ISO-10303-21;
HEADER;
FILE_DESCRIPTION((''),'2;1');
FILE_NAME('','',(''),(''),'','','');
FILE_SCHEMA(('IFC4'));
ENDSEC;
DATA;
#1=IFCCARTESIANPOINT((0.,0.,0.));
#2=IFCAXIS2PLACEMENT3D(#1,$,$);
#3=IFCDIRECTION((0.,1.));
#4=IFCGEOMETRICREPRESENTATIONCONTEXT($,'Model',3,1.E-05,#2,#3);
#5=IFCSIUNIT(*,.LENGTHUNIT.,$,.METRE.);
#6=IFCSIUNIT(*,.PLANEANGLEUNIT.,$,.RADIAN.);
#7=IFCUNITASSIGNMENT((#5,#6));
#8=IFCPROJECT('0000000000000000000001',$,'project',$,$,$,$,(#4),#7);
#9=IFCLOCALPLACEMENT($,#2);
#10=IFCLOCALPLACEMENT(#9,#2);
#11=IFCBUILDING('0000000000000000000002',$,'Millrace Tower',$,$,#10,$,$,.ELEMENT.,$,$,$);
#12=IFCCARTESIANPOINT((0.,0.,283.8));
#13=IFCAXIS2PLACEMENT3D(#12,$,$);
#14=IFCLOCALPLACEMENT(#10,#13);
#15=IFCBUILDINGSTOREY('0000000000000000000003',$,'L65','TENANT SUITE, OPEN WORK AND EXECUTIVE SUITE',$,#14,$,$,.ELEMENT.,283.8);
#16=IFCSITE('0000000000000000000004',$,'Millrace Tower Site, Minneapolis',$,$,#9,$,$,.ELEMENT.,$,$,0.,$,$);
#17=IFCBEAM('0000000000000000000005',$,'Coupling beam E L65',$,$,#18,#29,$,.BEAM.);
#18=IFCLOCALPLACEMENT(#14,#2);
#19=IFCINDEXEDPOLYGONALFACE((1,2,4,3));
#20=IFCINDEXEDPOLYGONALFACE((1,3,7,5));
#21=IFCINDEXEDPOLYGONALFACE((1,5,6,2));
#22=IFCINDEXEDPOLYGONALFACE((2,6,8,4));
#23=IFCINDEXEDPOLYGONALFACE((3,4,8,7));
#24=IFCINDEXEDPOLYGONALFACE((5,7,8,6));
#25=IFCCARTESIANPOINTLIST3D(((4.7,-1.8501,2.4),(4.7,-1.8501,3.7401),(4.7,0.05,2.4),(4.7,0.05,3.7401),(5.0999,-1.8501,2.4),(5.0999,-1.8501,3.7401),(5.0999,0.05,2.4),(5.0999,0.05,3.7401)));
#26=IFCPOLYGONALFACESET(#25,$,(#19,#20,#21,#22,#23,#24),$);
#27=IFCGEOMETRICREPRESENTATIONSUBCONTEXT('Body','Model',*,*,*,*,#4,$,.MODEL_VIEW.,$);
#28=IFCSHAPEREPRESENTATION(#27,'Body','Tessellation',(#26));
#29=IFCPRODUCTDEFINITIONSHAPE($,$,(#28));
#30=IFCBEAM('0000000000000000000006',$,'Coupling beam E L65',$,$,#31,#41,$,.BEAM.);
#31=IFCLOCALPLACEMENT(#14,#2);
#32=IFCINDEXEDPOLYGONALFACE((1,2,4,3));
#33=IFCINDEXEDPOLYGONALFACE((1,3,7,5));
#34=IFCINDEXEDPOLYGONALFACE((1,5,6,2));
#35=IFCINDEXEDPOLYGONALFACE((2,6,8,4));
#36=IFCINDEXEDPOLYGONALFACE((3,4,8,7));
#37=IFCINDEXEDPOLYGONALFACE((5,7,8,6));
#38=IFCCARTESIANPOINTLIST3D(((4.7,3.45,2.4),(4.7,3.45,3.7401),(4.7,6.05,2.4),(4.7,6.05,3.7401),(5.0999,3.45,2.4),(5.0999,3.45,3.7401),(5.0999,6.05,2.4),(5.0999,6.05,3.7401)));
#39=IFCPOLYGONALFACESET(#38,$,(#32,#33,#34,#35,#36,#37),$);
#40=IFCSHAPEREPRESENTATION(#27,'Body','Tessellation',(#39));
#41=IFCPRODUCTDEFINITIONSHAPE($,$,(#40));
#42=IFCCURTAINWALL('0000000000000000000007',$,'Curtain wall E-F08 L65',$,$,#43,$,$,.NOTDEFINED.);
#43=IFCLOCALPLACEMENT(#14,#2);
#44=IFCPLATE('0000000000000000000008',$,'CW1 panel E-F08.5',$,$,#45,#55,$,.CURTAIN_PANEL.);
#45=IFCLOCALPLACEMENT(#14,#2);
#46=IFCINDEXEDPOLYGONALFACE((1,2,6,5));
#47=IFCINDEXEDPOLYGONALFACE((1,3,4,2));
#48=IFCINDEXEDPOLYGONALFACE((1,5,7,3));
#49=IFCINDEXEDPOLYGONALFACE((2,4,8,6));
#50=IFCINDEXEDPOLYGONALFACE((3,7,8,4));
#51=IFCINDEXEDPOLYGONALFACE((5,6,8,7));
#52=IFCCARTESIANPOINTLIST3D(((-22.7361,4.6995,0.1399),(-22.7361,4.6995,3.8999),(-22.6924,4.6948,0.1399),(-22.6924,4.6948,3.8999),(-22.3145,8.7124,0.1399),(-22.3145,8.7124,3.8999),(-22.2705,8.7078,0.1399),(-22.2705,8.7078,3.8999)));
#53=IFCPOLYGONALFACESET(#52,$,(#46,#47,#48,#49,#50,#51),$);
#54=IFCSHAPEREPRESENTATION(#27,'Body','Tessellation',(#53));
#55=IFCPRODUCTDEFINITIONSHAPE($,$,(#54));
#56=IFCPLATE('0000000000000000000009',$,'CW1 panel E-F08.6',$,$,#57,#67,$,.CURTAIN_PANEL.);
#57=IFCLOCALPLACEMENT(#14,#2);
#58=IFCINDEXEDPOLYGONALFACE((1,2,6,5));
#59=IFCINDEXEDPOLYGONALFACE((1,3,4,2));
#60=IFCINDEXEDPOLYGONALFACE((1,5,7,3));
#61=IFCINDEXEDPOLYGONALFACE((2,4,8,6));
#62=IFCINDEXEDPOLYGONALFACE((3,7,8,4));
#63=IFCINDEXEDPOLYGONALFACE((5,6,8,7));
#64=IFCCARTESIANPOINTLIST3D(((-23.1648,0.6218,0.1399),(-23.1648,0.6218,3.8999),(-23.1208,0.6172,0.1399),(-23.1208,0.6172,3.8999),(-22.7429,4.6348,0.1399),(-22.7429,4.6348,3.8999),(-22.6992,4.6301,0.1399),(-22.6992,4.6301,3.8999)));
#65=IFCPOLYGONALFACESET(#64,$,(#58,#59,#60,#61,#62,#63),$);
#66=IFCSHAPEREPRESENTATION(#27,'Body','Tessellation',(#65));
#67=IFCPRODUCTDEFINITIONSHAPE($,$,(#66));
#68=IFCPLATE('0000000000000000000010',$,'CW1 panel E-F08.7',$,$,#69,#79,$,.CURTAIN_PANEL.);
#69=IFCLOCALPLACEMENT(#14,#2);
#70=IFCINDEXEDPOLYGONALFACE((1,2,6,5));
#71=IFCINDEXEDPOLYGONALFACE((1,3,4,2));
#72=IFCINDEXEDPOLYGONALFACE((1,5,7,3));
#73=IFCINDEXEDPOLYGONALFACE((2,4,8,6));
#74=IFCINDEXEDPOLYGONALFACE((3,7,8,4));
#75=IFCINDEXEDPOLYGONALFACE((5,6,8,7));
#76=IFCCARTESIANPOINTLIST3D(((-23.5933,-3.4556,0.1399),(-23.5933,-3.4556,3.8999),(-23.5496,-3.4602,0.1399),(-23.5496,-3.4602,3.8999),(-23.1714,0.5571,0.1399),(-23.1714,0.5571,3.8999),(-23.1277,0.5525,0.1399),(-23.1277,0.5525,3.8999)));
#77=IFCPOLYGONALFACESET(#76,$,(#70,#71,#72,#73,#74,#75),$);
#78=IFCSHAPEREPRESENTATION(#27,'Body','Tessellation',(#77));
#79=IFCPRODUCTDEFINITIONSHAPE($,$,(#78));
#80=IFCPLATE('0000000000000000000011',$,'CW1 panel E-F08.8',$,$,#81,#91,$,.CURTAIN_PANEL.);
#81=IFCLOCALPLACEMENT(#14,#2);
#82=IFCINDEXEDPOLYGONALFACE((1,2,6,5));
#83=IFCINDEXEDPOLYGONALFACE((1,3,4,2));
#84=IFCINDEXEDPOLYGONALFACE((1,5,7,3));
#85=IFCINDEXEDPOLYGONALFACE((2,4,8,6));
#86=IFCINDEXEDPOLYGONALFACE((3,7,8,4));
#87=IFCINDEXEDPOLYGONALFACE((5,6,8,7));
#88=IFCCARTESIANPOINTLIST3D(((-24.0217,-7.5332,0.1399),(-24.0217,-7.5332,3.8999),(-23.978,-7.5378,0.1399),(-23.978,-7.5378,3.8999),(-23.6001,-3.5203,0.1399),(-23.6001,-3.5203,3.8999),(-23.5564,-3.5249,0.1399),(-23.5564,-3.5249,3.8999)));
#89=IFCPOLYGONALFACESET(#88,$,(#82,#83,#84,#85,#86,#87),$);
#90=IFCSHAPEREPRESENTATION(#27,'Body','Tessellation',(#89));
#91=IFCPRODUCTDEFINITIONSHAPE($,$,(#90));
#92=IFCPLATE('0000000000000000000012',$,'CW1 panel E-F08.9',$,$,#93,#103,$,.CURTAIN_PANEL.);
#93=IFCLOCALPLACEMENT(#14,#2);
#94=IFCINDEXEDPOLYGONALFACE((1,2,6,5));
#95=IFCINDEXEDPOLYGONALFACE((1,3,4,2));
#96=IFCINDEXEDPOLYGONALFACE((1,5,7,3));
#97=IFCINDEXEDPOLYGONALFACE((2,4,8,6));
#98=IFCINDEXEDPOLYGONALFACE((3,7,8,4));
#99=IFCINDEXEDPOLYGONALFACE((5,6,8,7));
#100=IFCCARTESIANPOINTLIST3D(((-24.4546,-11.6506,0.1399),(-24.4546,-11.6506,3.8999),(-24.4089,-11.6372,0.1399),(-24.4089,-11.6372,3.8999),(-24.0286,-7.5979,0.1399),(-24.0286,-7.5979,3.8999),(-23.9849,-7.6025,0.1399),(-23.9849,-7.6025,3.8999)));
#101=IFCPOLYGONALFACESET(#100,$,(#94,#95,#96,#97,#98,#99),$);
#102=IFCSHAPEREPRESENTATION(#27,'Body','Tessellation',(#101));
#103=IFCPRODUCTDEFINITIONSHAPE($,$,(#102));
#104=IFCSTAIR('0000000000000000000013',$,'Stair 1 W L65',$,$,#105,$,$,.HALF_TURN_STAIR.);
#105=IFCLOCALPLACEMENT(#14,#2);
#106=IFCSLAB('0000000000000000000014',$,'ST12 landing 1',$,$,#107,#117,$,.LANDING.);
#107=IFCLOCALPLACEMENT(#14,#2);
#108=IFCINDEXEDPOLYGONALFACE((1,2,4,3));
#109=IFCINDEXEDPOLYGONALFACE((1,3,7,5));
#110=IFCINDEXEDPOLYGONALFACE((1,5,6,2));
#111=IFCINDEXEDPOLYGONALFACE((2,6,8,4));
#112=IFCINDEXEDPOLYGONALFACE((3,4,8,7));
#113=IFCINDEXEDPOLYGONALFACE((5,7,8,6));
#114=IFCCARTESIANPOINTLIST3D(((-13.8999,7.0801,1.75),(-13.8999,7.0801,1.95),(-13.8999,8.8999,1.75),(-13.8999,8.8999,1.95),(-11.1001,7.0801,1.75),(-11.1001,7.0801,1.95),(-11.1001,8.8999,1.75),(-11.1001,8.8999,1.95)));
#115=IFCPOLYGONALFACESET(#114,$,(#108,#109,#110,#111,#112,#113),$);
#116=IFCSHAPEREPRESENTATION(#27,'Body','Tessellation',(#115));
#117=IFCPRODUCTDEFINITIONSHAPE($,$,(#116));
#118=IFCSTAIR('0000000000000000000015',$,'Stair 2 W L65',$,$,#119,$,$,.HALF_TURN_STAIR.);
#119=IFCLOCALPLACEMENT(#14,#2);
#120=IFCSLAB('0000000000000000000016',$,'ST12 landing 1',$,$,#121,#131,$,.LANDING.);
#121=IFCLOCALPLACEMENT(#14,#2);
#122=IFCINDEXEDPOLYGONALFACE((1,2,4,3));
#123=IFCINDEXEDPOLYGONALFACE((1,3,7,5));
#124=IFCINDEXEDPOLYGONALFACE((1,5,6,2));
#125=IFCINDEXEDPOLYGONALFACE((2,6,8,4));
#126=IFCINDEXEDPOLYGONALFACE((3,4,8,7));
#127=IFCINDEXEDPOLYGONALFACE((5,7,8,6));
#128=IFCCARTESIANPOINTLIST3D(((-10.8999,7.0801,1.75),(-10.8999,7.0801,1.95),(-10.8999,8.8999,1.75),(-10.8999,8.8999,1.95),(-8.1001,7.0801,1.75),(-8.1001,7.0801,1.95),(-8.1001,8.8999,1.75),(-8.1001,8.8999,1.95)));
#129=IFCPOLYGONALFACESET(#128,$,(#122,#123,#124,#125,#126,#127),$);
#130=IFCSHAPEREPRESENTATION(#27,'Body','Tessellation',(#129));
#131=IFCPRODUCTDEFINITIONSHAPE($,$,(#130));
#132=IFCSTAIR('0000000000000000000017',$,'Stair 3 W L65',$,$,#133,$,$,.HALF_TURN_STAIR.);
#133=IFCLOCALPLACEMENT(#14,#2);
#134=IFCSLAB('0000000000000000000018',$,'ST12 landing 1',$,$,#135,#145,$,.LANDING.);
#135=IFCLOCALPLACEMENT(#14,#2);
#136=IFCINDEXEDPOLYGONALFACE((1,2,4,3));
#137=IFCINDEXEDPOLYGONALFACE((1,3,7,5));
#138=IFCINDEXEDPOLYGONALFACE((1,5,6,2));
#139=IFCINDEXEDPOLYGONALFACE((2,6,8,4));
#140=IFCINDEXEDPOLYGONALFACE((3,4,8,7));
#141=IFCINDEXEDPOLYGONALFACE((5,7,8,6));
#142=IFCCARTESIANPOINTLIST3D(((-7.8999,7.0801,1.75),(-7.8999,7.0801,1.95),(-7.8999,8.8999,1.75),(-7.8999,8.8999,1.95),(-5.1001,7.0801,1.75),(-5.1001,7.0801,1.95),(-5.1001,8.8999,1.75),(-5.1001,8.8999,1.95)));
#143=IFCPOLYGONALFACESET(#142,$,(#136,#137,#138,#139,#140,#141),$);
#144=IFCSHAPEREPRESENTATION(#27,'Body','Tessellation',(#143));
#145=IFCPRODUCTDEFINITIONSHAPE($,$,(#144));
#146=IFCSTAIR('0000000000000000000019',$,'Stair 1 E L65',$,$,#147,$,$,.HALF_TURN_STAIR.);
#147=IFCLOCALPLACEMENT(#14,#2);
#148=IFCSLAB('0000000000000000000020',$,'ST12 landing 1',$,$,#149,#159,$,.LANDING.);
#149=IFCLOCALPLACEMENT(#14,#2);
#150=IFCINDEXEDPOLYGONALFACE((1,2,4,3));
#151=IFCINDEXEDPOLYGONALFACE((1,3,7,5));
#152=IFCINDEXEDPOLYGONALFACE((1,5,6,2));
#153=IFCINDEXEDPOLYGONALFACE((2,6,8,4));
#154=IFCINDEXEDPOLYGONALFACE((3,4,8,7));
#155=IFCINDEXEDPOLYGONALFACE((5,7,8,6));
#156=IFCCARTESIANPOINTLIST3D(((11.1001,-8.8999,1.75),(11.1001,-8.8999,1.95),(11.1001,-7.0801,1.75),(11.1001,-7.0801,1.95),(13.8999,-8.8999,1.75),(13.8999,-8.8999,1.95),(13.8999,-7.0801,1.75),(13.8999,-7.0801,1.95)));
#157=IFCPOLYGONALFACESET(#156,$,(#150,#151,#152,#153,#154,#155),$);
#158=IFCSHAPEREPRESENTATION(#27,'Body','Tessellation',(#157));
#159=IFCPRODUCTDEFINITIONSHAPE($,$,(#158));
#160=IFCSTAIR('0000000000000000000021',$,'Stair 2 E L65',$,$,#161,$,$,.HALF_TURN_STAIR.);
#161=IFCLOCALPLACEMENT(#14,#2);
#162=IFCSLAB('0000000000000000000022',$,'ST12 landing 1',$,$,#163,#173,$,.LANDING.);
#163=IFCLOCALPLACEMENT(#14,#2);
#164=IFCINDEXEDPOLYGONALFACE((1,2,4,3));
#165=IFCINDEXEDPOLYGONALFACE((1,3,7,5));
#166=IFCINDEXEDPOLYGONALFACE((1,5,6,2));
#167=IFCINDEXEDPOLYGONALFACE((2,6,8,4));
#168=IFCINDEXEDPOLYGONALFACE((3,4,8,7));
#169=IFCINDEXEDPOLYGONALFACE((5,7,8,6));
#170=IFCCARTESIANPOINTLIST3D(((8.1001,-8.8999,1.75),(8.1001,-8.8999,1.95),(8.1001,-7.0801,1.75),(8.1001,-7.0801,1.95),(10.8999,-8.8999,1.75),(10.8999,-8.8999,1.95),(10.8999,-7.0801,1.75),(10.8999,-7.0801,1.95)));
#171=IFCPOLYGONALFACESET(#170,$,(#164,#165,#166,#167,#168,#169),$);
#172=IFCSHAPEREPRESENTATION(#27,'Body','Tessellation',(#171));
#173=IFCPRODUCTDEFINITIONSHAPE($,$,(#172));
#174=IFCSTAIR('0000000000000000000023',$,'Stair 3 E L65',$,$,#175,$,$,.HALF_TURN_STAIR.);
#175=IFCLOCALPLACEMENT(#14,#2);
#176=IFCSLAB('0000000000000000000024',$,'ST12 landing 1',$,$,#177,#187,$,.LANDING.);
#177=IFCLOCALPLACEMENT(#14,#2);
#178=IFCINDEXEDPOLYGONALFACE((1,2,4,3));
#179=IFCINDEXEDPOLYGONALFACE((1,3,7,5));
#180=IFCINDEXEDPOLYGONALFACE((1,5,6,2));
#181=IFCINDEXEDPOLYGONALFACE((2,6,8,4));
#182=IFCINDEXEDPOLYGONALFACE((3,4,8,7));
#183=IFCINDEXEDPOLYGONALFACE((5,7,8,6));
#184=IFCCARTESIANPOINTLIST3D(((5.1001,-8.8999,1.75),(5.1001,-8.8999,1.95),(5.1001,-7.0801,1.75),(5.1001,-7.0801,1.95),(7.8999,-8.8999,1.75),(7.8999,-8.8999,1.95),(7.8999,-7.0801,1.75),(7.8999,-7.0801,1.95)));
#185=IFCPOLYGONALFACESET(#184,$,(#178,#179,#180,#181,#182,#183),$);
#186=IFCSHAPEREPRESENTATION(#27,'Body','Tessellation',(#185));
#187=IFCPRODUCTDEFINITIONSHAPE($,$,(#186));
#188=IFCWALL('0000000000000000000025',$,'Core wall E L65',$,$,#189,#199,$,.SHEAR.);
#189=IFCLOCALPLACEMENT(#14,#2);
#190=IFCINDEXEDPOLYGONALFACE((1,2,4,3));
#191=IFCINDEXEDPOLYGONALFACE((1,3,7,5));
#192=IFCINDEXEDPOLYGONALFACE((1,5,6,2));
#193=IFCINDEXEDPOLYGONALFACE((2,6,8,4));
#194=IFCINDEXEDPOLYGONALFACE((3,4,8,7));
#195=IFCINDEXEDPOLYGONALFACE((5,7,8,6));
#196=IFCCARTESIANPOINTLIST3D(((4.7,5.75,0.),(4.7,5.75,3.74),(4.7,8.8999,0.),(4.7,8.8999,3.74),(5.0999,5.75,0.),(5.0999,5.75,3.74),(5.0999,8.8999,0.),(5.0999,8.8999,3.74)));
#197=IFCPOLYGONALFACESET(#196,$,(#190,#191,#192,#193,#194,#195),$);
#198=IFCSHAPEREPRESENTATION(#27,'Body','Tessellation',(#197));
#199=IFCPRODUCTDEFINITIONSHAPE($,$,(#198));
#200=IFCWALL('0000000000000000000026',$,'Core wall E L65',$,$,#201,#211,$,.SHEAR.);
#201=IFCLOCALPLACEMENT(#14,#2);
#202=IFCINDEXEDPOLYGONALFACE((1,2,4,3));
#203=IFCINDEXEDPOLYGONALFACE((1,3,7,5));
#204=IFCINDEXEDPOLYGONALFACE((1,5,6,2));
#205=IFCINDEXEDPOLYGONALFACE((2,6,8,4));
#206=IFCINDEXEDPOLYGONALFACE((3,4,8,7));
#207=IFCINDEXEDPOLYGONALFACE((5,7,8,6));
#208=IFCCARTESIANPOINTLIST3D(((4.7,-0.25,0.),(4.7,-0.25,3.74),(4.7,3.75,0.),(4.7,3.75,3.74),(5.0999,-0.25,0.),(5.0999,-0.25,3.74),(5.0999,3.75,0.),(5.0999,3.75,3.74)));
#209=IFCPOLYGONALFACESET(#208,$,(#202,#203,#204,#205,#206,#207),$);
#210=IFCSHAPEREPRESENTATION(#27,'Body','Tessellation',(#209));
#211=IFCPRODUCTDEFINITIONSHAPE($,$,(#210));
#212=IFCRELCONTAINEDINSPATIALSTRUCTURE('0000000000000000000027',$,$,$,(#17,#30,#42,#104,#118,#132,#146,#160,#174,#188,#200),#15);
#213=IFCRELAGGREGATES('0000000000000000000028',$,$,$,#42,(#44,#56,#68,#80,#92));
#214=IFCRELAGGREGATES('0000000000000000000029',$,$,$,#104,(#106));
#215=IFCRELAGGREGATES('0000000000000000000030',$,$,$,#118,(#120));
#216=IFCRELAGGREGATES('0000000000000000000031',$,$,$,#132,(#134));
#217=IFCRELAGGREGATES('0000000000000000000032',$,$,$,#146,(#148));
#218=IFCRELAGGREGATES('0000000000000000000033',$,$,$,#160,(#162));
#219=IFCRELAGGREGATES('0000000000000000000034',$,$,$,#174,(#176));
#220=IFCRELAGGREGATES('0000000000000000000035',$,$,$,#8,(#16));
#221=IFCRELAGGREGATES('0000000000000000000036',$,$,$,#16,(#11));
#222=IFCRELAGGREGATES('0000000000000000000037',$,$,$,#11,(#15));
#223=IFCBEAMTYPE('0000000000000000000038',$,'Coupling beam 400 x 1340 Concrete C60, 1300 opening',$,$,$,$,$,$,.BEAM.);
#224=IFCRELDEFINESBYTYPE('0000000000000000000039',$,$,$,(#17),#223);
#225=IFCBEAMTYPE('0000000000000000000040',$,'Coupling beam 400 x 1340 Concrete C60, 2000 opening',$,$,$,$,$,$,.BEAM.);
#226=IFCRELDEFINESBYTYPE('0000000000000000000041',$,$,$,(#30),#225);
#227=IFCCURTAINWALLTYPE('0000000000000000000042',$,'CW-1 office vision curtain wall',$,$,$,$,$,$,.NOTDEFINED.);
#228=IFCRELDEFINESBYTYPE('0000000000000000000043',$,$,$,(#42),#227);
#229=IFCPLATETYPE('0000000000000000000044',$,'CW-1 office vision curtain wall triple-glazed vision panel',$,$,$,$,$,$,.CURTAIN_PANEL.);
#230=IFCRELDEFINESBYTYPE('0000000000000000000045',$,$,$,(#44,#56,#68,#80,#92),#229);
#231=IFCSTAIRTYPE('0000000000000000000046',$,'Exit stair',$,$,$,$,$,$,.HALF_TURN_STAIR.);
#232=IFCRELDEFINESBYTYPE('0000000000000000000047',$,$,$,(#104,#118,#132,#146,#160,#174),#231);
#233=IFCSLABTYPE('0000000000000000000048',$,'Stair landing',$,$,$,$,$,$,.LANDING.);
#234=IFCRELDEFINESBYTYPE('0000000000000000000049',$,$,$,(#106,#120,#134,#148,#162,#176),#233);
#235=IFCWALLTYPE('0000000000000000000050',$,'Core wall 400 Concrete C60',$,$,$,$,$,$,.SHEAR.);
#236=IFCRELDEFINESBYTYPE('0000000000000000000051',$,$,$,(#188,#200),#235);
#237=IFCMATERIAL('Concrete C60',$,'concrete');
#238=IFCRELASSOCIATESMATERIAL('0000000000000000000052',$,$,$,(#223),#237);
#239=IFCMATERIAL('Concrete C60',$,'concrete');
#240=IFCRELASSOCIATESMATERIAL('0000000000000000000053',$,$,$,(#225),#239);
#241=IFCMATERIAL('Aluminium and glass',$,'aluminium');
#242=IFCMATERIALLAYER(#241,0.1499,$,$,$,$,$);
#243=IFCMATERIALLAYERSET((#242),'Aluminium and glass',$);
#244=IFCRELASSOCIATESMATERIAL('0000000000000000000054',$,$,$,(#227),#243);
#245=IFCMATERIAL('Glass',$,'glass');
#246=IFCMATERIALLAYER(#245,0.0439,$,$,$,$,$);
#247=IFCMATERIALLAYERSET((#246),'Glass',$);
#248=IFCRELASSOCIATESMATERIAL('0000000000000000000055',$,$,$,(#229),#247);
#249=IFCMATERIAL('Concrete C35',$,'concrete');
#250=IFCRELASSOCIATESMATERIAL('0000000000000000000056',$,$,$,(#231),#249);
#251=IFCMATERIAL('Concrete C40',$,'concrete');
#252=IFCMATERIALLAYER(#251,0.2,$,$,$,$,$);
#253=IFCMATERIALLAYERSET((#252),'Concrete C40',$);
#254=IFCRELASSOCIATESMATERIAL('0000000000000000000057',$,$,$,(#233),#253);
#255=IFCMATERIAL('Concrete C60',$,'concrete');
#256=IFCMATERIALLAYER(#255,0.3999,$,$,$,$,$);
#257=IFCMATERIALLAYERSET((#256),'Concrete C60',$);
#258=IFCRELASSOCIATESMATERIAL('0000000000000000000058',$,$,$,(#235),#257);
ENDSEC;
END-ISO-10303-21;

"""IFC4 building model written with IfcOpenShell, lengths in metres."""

from ifc_helpers import new_model, si_unit, direction, frame, frame_2d, origin, origin_2d, place, context, subcontext, project, spatial, polyline, rectangle, outline, extrude, material, layer, layer_set, material_profile, profile_set, type_object, element, aggregate, save


model = new_model("IFC4")

# Units and contexts
model_context = context("Model", 3, precision=1e-05, world=origin(), true_north=direction((0.0, 1.0)))
body_context = subcontext(model_context, "Body", "Model", "MODEL_VIEW")
ifc_project = project(units=[si_unit("LENGTHUNIT", "METRE"), si_unit("PLANEANGLEUNIT", "RADIAN")], contexts=[model_context])

# Site, building, storey
site_placement = place(None, origin())
site = spatial("IfcSite", under=ifc_project, at=site_placement, Name="Millrace Tower Site, Minneapolis", CompositionType="ELEMENT", RefElevation=0.0)
building_placement = place(site_placement, origin())
building = spatial("IfcBuilding", under=site, at=building_placement, Name="Millrace Tower", CompositionType="ELEMENT")
storey_placement = place(building_placement, frame((0.0, 0.0, 283.8)))
storey = spatial("IfcBuildingStorey", under=building, at=storey_placement, Name="L65", Description="TENANT SUITE, OPEN WORK AND EXECUTIVE SUITE", CompositionType="ELEMENT", Elevation=283.8)

# Beams
ifc_material_1 = material(Name="Concrete C60", Category="concrete")
ifc_material_profile_1 = material_profile(ifc_material_1, rectangle(XDim=0.3999, YDim=1.3401, at=origin_2d()))
ifc_profile_set_1 = profile_set([ifc_material_profile_1], Name="Concrete C60")
beam_type_1 = type_object("IfcBeamType", Name="Coupling beam 400 x 1340 Concrete C60, 1300 opening", PredefinedType="BEAM", material=ifc_profile_set_1)
beam_1_placement = place(storey_placement, frame((4.8999, 0.05, 3.0701), z_axis=(0.0, -1.0, 0.0), x_axis=(1.0, 0.0, 0.0)))
element("IfcBeam", 1, at=beam_1_placement, inside=storey, type_object=beam_type_1, Name="Coupling beam E L65", PredefinedType="BEAM", context=body_context, shape_type="SweptSolid", body=[
    extrude(rectangle(XDim=0.3999, YDim=1.3401, at=origin_2d()), origin(), (0.0, 0.0, 1.0), 1.9001),
])
ifc_material_2 = material(Name="Concrete C60", Category="concrete")
ifc_material_profile_2 = material_profile(ifc_material_2, rectangle(XDim=0.3999, YDim=1.3401, at=origin_2d()))
ifc_profile_set_2 = profile_set([ifc_material_profile_2], Name="Concrete C60")
beam_type_2 = type_object("IfcBeamType", Name="Coupling beam 400 x 1340 Concrete C60, 2000 opening", PredefinedType="BEAM", material=ifc_profile_set_2)
beam_2_placement = place(storey_placement, frame((4.8999, 6.05, 3.0701), z_axis=(0.0, -1.0, 0.0), x_axis=(1.0, 0.0, 0.0)))
element("IfcBeam", 2, at=beam_2_placement, inside=storey, type_object=beam_type_2, Name="Coupling beam E L65", PredefinedType="BEAM", context=body_context, shape_type="SweptSolid", body=[
    extrude(rectangle(XDim=0.3999, YDim=1.3401, at=origin_2d()), origin(), (0.0, 0.0, 1.0), 2.6001),
])

# Curtain wall, plates
ifc_material_3 = material(Name="Aluminium and glass", Category="aluminium")
ifc_layer_1 = layer(ifc_material_3, 0.1499)
ifc_layer_set_1 = layer_set([ifc_layer_1], Name="Aluminium and glass")
curtain_wall_type = type_object("IfcCurtainWallType", Name="CW-1 office vision curtain wall", PredefinedType="NOTDEFINED", material=ifc_layer_set_1)
placement_1 = place(storey_placement, origin())
curtain_wall = element("IfcCurtainWall", 3, at=placement_1, inside=storey, type_object=curtain_wall_type, Name="Curtain wall E-F08 L65", PredefinedType="NOTDEFINED")
ifc_material_4 = material(Name="Glass", Category="glass")
ifc_layer_2 = layer(ifc_material_4, 0.0439)
ifc_layer_set_2 = layer_set([ifc_layer_2], Name="Glass")
plate_type = type_object("IfcPlateType", Name="CW-1 office vision curtain wall triple-glazed vision panel", PredefinedType="CURTAIN_PANEL", material=ifc_layer_set_2)
placement_2 = place(storey_placement, frame((0.0, 0.0, 0.1399)))
plate_1 = element("IfcPlate", 4, at=placement_2, type_object=plate_type, Name="CW1 panel E-F08.5", PredefinedType="CURTAIN_PANEL", context=body_context, shape_type="SweptSolid", body=[
    extrude(outline(polyline([(-22.3145, 8.7124), (-22.7361, 4.6995), (-22.6924, 4.6948), (-22.2705, 8.7078), (-22.3145, 8.7124)])), origin(), (0.0, 0.0, 1.0), 3.76),
])
plate_2 = element("IfcPlate", 5, at=placement_2, type_object=plate_type, Name="CW1 panel E-F08.6", PredefinedType="CURTAIN_PANEL", context=body_context, shape_type="SweptSolid", body=[
    extrude(outline(polyline([(-22.7429, 4.6348), (-23.1648, 0.6218), (-23.1208, 0.6172), (-22.6992, 4.6301), (-22.7429, 4.6348)])), origin(), (0.0, 0.0, 1.0), 3.76),
])
plate_3 = element("IfcPlate", 6, at=placement_2, type_object=plate_type, Name="CW1 panel E-F08.7", PredefinedType="CURTAIN_PANEL", context=body_context, shape_type="SweptSolid", body=[
    extrude(outline(polyline([(-23.1714, 0.5571), (-23.5933, -3.4556), (-23.5496, -3.4602), (-23.1277, 0.5525), (-23.1714, 0.5571)])), origin(), (0.0, 0.0, 1.0), 3.76),
])
plate_4 = element("IfcPlate", 7, at=placement_2, type_object=plate_type, Name="CW1 panel E-F08.8", PredefinedType="CURTAIN_PANEL", context=body_context, shape_type="SweptSolid", body=[
    extrude(outline(polyline([(-23.6001, -3.5203), (-24.0217, -7.5332), (-23.978, -7.5378), (-23.5564, -3.5249), (-23.6001, -3.5203)])), origin(), (0.0, 0.0, 1.0), 3.76),
])
plate_5 = element("IfcPlate", 8, at=placement_2, type_object=plate_type, Name="CW1 panel E-F08.9", PredefinedType="CURTAIN_PANEL", context=body_context, shape_type="SweptSolid", body=[
    extrude(outline(polyline([(-24.0286, -7.5979), (-24.4546, -11.6506), (-24.4089, -11.6372), (-23.9849, -7.6025), (-24.0286, -7.5979)])), origin(), (0.0, 0.0, 1.0), 3.76),
])
aggregate(curtain_wall, [plate_1, plate_2, plate_3, plate_4, plate_5])

# Stairs, slabs
ifc_material_5 = material(Name="Concrete C35", Category="concrete")
stair_type = type_object("IfcStairType", Name="Exit stair", PredefinedType="HALF_TURN_STAIR", material=ifc_material_5)
stair_1 = element("IfcStair", 9, at=placement_1, inside=storey, type_object=stair_type, Name="Stair 1 W L65", PredefinedType="HALF_TURN_STAIR")
ifc_material_6 = material(Name="Concrete C40", Category="concrete")
ifc_layer_3 = layer(ifc_material_6, 0.2)
ifc_layer_set_3 = layer_set([ifc_layer_3], Name="Concrete C40")
slab_type = type_object("IfcSlabType", Name="Stair landing", PredefinedType="LANDING", material=ifc_layer_set_3)
placement_3 = place(storey_placement, frame((0.0, 0.0, 1.75)))
slab_1 = element("IfcSlab", 10, at=placement_3, type_object=slab_type, Name="ST12 landing 1", PredefinedType="LANDING", context=body_context, shape_type="SweptSolid", body=[
    extrude(outline(polyline([(-13.8999, 7.0801), (-11.1001, 7.0801), (-11.1001, 8.8999), (-13.8999, 8.8999), (-13.8999, 7.0801)])), origin(), (0.0, 0.0, 1.0), 0.2),
])
aggregate(stair_1, [slab_1])
stair_2 = element("IfcStair", 11, at=placement_1, inside=storey, type_object=stair_type, Name="Stair 2 W L65", PredefinedType="HALF_TURN_STAIR")
slab_2 = element("IfcSlab", 12, at=placement_3, type_object=slab_type, Name="ST12 landing 1", PredefinedType="LANDING", context=body_context, shape_type="SweptSolid", body=[
    extrude(outline(polyline([(-10.8999, 7.0801), (-8.1001, 7.0801), (-8.1001, 8.8999), (-10.8999, 8.8999), (-10.8999, 7.0801)])), origin(), (0.0, 0.0, 1.0), 0.2),
])
aggregate(stair_2, [slab_2])
stair_3 = element("IfcStair", 13, at=placement_1, inside=storey, type_object=stair_type, Name="Stair 3 W L65", PredefinedType="HALF_TURN_STAIR")
slab_3 = element("IfcSlab", 14, at=placement_3, type_object=slab_type, Name="ST12 landing 1", PredefinedType="LANDING", context=body_context, shape_type="SweptSolid", body=[
    extrude(outline(polyline([(-7.8999, 7.0801), (-5.1001, 7.0801), (-5.1001, 8.8999), (-7.8999, 8.8999), (-7.8999, 7.0801)])), origin(), (0.0, 0.0, 1.0), 0.2),
])
aggregate(stair_3, [slab_3])
stair_4 = element("IfcStair", 15, at=placement_1, inside=storey, type_object=stair_type, Name="Stair 1 E L65", PredefinedType="HALF_TURN_STAIR")
slab_4 = element("IfcSlab", 16, at=placement_3, type_object=slab_type, Name="ST12 landing 1", PredefinedType="LANDING", context=body_context, shape_type="SweptSolid", body=[
    extrude(outline(polyline([(11.1001, -8.8999), (13.8999, -8.8999), (13.8999, -7.0801), (11.1001, -7.0801), (11.1001, -8.8999)])), origin(), (0.0, 0.0, 1.0), 0.2),
])
aggregate(stair_4, [slab_4])
stair_5 = element("IfcStair", 17, at=placement_1, inside=storey, type_object=stair_type, Name="Stair 2 E L65", PredefinedType="HALF_TURN_STAIR")
slab_5 = element("IfcSlab", 18, at=placement_3, type_object=slab_type, Name="ST12 landing 1", PredefinedType="LANDING", context=body_context, shape_type="SweptSolid", body=[
    extrude(outline(polyline([(8.1001, -8.8999), (10.8999, -8.8999), (10.8999, -7.0801), (8.1001, -7.0801), (8.1001, -8.8999)])), origin(), (0.0, 0.0, 1.0), 0.2),
])
aggregate(stair_5, [slab_5])
stair_6 = element("IfcStair", 19, at=placement_1, inside=storey, type_object=stair_type, Name="Stair 3 E L65", PredefinedType="HALF_TURN_STAIR")
slab_6 = element("IfcSlab", 20, at=placement_3, type_object=slab_type, Name="ST12 landing 1", PredefinedType="LANDING", context=body_context, shape_type="SweptSolid", body=[
    extrude(outline(polyline([(5.1001, -8.8999), (7.8999, -8.8999), (7.8999, -7.0801), (5.1001, -7.0801), (5.1001, -8.8999)])), origin(), (0.0, 0.0, 1.0), 0.2),
])
aggregate(stair_6, [slab_6])

# Walls
ifc_material_7 = material(Name="Concrete C60", Category="concrete")
ifc_layer_4 = layer(ifc_material_7, 0.3999)
ifc_layer_set_4 = layer_set([ifc_layer_4], Name="Concrete C60")
wall_type_1 = type_object("IfcWallType", Name="Core wall 400 Concrete C60", PredefinedType="SHEAR", material=ifc_layer_set_4)
wall_1_placement = place(storey_placement, frame((4.8999, 8.8999, 0.0), z_axis=(0.0, 0.0, 1.0), x_axis=(0.0, -1.0, 0.0)))
element("IfcWall", 21, at=wall_1_placement, inside=storey, type_object=wall_type_1, Name="Core wall E L65", PredefinedType="SHEAR", context=body_context, shape_type="SweptSolid", body=[
    extrude(rectangle(XDim=3.1499, YDim=0.3999, at=frame_2d((1.575, 0.0))), origin(), (0.0, 0.0, 1.0), 3.74),
])
wall_2_placement = place(storey_placement, frame((4.8999, 3.75, 0.0), z_axis=(0.0, 0.0, 1.0), x_axis=(0.0, -1.0, 0.0)))
element("IfcWall", 22, at=wall_2_placement, inside=storey, type_object=wall_type_1, Name="Core wall E L65", PredefinedType="SHEAR", context=body_context, shape_type="SweptSolid", body=[
    extrude(rectangle(XDim=4.0, YDim=0.3999, at=frame_2d((2.0, 0.0))), origin(), (0.0, 0.0, 1.0), 3.74),
])

save(model, "model.ifc")
